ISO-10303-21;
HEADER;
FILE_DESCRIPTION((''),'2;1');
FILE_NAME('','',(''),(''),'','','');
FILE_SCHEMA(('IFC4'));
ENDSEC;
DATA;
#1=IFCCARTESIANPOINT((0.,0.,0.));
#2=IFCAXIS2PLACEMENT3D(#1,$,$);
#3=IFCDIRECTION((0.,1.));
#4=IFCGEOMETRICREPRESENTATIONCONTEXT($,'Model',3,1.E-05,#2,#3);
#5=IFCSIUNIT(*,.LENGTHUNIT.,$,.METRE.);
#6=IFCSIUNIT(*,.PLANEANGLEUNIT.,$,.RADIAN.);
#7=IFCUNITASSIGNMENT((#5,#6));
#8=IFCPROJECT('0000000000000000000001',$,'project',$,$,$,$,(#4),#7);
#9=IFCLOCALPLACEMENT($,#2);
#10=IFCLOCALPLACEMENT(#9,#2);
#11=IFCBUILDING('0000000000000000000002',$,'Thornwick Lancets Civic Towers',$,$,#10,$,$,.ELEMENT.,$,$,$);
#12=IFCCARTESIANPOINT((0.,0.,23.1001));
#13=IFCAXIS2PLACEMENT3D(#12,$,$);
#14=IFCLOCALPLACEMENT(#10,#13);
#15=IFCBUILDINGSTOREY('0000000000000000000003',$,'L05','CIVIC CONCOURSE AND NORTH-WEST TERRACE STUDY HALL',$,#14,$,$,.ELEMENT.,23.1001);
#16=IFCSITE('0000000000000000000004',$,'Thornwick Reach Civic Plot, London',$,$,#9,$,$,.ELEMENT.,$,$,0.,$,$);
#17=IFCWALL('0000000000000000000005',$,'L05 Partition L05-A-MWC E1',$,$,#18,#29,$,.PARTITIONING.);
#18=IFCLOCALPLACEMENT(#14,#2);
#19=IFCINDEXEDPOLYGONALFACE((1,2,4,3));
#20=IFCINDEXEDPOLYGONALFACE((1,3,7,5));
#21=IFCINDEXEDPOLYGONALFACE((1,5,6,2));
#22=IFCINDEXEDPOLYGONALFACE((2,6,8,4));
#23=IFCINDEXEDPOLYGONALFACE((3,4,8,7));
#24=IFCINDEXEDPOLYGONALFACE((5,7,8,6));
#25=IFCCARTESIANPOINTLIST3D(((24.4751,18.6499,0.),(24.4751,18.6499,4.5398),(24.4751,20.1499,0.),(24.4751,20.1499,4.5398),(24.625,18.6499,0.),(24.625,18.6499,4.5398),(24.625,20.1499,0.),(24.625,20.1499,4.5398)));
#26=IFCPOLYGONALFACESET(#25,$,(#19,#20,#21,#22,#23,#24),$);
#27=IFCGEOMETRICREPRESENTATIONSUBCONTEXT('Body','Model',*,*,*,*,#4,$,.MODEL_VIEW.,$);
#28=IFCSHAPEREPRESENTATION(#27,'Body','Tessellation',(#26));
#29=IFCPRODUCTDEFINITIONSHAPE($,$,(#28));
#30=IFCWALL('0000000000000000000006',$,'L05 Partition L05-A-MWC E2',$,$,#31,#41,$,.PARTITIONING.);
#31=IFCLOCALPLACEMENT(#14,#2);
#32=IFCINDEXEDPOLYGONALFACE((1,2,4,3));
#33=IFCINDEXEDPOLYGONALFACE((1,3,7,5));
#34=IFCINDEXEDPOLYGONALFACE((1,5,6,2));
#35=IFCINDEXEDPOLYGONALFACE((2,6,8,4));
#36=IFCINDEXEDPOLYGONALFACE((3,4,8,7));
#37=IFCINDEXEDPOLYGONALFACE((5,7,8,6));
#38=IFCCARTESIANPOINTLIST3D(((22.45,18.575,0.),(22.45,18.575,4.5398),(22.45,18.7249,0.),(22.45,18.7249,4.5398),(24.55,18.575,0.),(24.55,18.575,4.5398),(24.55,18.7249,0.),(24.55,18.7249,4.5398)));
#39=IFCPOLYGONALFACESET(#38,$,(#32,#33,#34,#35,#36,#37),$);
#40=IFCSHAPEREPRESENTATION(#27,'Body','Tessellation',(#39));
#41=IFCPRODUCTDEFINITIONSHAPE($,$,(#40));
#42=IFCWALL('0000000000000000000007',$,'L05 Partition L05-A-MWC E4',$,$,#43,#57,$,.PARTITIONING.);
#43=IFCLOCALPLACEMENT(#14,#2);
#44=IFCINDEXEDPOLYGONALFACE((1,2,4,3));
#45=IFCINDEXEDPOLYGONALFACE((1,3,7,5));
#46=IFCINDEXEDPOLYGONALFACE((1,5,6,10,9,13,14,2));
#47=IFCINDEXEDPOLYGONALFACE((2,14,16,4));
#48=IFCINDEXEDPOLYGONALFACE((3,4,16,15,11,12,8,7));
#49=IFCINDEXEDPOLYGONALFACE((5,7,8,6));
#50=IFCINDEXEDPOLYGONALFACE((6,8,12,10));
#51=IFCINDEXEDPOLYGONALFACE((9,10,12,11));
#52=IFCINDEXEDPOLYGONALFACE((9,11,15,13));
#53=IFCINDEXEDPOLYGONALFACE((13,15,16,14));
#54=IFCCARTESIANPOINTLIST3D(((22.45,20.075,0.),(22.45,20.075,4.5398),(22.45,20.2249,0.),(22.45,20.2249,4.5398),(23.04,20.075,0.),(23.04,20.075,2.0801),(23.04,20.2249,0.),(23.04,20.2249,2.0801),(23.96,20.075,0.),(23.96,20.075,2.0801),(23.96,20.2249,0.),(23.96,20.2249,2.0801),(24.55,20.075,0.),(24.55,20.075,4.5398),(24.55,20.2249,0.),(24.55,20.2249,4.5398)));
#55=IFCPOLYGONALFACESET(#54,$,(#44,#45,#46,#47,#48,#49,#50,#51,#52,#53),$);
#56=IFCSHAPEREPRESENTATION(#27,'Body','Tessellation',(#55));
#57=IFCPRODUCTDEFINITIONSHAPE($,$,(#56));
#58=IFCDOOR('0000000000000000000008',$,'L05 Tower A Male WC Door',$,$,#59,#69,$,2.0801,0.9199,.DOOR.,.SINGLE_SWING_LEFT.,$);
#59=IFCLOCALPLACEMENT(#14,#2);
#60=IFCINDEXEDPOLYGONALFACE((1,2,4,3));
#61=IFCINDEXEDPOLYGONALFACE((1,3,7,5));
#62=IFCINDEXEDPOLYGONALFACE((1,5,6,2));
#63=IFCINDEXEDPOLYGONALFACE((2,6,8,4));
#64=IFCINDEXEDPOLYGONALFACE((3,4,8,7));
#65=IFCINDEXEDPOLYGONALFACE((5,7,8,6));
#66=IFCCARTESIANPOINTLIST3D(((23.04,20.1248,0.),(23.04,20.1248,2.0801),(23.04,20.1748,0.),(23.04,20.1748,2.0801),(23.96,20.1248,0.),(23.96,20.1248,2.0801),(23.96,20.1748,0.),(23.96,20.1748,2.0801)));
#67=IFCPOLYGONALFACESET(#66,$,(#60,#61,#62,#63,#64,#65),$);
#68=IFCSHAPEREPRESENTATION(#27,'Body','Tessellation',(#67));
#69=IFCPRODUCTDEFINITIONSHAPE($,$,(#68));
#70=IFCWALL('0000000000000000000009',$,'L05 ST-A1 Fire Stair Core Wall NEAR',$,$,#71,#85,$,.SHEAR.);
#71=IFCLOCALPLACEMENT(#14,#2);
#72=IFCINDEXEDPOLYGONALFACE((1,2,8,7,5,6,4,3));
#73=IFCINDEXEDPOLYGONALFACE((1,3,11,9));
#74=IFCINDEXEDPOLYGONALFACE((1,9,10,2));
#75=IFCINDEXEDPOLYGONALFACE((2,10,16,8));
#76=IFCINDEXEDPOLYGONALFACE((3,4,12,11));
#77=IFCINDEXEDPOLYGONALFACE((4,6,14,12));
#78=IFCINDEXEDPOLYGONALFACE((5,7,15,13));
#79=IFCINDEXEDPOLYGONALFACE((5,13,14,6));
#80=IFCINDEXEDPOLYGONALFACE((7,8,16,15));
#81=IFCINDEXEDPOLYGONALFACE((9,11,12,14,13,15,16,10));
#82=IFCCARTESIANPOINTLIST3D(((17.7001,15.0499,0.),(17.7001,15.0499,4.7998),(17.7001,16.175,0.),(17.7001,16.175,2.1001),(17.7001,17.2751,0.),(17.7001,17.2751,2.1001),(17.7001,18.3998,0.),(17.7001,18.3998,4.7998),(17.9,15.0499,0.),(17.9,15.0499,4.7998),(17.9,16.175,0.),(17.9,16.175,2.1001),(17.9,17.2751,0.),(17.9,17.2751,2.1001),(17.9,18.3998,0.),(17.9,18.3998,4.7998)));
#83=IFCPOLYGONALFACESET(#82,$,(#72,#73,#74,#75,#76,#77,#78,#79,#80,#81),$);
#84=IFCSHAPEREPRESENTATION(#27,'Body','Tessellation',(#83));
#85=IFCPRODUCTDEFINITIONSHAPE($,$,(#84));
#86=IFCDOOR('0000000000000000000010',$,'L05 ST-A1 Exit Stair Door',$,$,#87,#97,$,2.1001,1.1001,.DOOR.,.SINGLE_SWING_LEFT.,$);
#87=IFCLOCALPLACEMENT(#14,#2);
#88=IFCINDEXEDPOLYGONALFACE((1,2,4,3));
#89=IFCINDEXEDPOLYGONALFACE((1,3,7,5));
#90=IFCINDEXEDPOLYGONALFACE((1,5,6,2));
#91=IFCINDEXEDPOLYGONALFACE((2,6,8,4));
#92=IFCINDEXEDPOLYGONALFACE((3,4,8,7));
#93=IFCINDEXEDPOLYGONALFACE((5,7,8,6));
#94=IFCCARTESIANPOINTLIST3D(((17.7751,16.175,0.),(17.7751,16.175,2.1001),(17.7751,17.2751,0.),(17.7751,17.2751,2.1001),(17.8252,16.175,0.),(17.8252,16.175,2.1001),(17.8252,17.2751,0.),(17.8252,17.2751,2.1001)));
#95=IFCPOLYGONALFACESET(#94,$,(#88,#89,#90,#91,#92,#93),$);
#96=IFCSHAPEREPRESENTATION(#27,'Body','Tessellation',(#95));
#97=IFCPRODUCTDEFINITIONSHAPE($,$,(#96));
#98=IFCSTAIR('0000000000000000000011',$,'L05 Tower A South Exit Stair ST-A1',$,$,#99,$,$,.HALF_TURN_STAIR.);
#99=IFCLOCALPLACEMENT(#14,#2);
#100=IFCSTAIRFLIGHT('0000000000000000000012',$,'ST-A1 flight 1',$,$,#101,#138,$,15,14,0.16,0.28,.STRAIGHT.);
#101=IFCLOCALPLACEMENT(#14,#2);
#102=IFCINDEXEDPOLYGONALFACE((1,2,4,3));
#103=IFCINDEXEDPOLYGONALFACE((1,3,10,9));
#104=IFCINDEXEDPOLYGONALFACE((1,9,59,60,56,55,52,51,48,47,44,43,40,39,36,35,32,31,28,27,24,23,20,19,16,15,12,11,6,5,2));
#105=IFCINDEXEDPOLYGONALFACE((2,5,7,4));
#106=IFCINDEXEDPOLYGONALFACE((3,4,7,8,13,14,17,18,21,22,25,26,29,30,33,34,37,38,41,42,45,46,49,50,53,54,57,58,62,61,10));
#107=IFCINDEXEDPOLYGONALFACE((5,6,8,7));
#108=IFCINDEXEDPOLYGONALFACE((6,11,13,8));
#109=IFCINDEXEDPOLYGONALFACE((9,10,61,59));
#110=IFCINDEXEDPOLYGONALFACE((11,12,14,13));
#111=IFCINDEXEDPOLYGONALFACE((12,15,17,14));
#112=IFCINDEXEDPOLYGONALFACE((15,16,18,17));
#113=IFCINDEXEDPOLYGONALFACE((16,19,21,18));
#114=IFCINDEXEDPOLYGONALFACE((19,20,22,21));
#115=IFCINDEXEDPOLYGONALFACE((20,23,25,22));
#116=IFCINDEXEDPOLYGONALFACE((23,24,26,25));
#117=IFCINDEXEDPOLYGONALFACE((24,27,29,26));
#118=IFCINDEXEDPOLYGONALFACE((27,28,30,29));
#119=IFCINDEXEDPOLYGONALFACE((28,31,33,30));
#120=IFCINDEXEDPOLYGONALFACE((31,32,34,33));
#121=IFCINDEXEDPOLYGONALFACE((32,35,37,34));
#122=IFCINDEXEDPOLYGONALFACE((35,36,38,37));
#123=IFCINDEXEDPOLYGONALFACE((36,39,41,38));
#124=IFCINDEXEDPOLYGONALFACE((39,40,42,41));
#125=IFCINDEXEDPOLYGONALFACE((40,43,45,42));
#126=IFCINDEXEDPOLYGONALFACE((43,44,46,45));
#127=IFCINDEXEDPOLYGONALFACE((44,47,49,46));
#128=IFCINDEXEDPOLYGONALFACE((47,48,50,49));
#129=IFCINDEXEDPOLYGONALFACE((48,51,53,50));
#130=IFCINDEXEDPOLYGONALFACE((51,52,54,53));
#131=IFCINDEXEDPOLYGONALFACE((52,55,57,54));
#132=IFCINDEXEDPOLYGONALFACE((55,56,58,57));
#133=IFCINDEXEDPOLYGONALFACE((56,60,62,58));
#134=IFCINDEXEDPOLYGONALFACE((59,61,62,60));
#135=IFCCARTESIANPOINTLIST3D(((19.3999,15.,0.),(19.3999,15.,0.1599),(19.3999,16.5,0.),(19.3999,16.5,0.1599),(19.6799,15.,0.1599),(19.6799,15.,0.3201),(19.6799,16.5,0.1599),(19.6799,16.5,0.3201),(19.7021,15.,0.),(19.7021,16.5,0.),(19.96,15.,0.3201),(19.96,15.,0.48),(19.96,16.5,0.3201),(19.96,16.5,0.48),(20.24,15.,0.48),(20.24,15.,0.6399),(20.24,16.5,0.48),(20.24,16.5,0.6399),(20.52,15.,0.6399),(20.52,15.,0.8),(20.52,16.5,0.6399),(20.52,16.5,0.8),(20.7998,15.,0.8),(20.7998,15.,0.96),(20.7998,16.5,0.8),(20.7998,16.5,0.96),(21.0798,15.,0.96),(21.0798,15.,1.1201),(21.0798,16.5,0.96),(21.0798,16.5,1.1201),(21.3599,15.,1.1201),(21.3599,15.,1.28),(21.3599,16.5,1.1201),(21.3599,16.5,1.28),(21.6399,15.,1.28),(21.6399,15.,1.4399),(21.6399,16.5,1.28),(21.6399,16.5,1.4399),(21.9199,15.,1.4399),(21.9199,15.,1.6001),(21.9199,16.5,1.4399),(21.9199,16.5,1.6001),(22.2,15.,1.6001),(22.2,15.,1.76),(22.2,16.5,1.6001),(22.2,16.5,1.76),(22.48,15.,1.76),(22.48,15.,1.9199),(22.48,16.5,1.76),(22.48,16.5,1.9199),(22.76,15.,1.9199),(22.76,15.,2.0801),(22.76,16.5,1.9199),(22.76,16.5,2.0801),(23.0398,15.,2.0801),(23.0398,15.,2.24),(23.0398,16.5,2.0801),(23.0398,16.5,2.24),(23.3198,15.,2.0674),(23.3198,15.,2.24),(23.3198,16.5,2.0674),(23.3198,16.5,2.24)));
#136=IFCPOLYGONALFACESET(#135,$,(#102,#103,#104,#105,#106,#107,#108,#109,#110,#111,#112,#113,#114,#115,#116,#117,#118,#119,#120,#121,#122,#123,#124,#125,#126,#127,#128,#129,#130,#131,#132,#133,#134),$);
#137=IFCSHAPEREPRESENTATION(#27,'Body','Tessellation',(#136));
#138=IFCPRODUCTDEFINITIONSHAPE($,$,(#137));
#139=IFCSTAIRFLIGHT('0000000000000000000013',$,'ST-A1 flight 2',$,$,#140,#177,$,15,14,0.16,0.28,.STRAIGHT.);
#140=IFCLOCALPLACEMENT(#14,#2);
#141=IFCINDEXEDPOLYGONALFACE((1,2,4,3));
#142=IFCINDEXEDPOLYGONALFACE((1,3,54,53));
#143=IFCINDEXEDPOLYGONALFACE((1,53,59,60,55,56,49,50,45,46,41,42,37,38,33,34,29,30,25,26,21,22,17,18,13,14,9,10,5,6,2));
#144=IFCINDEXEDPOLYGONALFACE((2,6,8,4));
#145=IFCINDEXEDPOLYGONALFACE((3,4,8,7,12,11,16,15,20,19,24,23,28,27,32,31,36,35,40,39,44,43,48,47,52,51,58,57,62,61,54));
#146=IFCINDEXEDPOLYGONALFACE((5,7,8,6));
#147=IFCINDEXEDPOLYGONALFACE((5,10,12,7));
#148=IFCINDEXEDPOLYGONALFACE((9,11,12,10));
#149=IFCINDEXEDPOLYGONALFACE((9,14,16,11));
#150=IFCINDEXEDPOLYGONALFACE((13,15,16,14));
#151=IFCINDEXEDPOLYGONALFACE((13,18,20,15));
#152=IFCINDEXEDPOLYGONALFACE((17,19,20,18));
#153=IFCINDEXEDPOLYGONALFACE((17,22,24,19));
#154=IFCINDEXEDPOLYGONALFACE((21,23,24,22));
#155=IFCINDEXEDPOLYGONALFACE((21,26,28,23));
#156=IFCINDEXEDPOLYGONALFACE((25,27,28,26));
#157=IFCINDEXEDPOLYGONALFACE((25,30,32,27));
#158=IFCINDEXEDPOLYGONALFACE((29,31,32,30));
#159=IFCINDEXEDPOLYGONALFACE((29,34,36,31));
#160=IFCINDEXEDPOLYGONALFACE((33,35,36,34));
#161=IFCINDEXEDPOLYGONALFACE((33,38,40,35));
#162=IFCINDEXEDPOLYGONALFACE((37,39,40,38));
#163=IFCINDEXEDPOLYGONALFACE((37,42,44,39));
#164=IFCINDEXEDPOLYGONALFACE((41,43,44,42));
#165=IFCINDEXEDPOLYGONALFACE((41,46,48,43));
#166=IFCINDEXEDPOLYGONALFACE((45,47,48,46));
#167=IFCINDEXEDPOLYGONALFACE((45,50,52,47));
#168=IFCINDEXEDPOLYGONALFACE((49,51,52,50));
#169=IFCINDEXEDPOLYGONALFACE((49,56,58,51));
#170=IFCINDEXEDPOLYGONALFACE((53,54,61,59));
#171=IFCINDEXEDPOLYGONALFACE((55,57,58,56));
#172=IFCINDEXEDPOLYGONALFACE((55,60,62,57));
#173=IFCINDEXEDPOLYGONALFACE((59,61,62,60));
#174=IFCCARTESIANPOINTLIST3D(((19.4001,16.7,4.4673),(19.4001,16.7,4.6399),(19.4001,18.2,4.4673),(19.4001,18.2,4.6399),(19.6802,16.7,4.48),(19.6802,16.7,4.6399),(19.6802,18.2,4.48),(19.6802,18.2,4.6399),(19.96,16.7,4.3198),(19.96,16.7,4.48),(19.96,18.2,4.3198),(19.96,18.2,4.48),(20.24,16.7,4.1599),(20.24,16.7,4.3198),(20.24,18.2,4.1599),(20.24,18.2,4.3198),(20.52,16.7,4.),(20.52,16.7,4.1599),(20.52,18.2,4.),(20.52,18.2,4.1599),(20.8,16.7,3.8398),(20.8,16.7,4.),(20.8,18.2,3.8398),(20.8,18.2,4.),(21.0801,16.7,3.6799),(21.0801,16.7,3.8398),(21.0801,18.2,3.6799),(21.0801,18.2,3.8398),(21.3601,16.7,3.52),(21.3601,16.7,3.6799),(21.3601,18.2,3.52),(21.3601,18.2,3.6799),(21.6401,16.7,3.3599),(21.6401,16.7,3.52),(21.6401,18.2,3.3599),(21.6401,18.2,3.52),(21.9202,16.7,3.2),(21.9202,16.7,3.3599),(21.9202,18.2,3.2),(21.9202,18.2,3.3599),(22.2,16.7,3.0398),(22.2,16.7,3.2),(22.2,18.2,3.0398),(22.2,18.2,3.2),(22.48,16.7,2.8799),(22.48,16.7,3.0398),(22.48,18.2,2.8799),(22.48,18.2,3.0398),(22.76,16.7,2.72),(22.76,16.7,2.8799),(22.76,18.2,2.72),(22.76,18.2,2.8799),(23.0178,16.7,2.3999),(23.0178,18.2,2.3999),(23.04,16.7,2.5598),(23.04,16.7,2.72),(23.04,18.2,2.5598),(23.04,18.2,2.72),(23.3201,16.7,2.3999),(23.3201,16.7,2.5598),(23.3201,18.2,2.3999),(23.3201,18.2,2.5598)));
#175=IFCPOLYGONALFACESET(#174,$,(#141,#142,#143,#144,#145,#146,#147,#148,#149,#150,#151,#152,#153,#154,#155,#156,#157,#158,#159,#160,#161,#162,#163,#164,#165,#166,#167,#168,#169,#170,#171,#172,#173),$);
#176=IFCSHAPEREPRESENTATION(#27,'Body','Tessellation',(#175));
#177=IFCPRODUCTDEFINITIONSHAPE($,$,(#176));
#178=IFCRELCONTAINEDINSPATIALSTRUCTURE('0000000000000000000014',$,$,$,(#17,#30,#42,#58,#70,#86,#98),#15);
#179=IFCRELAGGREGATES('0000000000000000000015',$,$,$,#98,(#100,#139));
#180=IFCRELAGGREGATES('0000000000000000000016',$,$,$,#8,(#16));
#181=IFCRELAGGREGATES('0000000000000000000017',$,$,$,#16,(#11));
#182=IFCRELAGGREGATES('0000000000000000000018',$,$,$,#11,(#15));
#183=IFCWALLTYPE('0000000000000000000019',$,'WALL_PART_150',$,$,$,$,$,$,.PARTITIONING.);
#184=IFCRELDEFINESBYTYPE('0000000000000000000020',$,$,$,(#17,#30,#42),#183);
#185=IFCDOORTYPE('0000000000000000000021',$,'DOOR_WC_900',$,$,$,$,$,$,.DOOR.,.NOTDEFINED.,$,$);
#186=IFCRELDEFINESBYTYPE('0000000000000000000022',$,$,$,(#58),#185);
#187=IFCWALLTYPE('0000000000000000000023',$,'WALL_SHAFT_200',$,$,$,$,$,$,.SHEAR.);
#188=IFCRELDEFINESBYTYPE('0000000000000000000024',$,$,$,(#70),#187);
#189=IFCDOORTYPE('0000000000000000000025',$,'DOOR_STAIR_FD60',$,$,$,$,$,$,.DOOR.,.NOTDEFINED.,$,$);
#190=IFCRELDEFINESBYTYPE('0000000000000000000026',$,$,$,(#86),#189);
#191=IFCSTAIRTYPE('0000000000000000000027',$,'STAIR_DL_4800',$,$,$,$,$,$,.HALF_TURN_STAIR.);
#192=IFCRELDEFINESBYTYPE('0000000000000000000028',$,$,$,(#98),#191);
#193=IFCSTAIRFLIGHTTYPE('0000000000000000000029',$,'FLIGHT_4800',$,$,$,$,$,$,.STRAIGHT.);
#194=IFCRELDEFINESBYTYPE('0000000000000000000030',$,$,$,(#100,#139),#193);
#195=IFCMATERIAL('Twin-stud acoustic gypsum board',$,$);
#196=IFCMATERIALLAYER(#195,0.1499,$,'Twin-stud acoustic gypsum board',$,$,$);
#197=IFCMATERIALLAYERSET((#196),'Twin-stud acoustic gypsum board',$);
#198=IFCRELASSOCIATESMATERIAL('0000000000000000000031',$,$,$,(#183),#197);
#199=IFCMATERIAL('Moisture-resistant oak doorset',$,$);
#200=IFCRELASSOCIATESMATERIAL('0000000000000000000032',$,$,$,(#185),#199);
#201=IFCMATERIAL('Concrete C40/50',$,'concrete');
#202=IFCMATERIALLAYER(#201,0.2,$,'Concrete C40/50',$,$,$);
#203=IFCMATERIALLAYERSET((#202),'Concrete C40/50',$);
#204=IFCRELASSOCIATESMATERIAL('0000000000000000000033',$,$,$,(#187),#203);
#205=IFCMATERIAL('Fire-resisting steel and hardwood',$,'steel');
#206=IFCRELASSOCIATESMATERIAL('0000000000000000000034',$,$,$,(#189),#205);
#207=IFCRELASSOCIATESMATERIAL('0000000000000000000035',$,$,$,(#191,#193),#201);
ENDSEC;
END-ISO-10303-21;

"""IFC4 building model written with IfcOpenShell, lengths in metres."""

from ifc_helpers import new_model, si_unit, direction, frame, frame_2d, origin, place, context, subcontext, project, spatial, polyline, rectangle, outline, extrude, material, layer, layer_set, type_object, element, fill, aggregate, save


model = new_model("IFC4")

# Units and contexts
model_context = context("Model", 3, precision=1e-05, world=origin(), true_north=direction((0.0, 1.0)))
body_context = subcontext(model_context, "Body", "Model", "MODEL_VIEW")
ifc_project = project(units=[si_unit("LENGTHUNIT", "METRE"), si_unit("PLANEANGLEUNIT", "RADIAN")], contexts=[model_context])

# Site, building, storey
site_placement = place(None, origin())
site = spatial("IfcSite", under=ifc_project, at=site_placement, Name="Thornwick Reach Civic Plot, London", CompositionType="ELEMENT", RefElevation=0.0)
building_placement = place(site_placement, origin())
building = spatial("IfcBuilding", under=site, at=building_placement, Name="Thornwick Lancets Civic Towers", CompositionType="ELEMENT")
storey_placement = place(building_placement, frame((0.0, 0.0, 23.1001)))
storey = spatial("IfcBuildingStorey", under=building, at=storey_placement, Name="L05", Description="CIVIC CONCOURSE AND NORTH-WEST TERRACE STUDY HALL", CompositionType="ELEMENT", Elevation=23.1001)

# Shared definitions
ifc_material_1 = material(Name="Concrete C40/50", Category="concrete")

# Walls
ifc_material_2 = material(Name="Twin-stud acoustic gypsum board")
ifc_layer_1 = layer(ifc_material_2, 0.1499, Name="Twin-stud acoustic gypsum board")
ifc_layer_set_1 = layer_set([ifc_layer_1], Name="Twin-stud acoustic gypsum board")
wall_type_1 = type_object("IfcWallType", Name="WALL_PART_150", PredefinedType="PARTITIONING", material=ifc_layer_set_1)
wall_1_placement = place(storey_placement, frame((24.55, 20.1499, 0.0), z_axis=(0.0, 0.0, 1.0), x_axis=(0.0, -1.0, 0.0)))
element("IfcWall", 1, at=wall_1_placement, inside=storey, type_object=wall_type_1, Name="L05 Partition L05-A-MWC E1", PredefinedType="PARTITIONING", context=body_context, shape_type="SweptSolid", body=[
    extrude(rectangle(XDim=1.5, YDim=0.1499, at=frame_2d((0.75, 0.0))), origin(), (0.0, 0.0, 1.0), 4.5398),
])
wall_2_placement = place(storey_placement, frame((24.55, 18.6499, 0.0), z_axis=(0.0, 0.0, 1.0), x_axis=(-1.0, 0.0, 0.0)))
element("IfcWall", 2, at=wall_2_placement, inside=storey, type_object=wall_type_1, Name="L05 Partition L05-A-MWC E2", PredefinedType="PARTITIONING", context=body_context, shape_type="SweptSolid", body=[
    extrude(rectangle(XDim=2.1001, YDim=0.1499, at=frame_2d((1.05, 0.0))), origin(), (0.0, 0.0, 1.0), 4.5398),
])

# Walls, openings, doors
wall_3_placement = place(storey_placement, frame((22.45, 20.1499, 0.0), z_axis=(0.0, 0.0, 1.0), x_axis=(1.0, 0.0, 0.0)))
wall_3 = element("IfcWall", 3, at=wall_3_placement, inside=storey, type_object=wall_type_1, Name="L05 Partition L05-A-MWC E4", PredefinedType="PARTITIONING", context=body_context, shape_type="SweptSolid", body=[
    extrude(rectangle(XDim=2.1001, YDim=0.1499, at=frame_2d((1.05, 0.0))), origin(), (0.0, 0.0, 1.0), 4.5398),
])
opening_1_placement = place(wall_3_placement, frame((0.5901, 0.0, 0.0)))
opening_1 = element("IfcOpeningElement", 4, at=opening_1_placement, cuts=wall_3, PredefinedType="OPENING", context=body_context, shape_type="SweptSolid", body=[
    extrude(rectangle(XDim=0.9199, YDim=2.0801, at=frame_2d((0.46, 1.04))), frame((0.0, 0.085, 0.0), z_axis=(0.0, -1.0, 0.0), x_axis=(1.0, 0.0, 0.0)), (0.0, 0.0, 1.0), 0.1699),
])
ifc_material_3 = material(Name="Moisture-resistant oak doorset")
door_type_1 = type_object("IfcDoorType", Name="DOOR_WC_900", OperationType="NOTDEFINED", PredefinedType="DOOR", material=ifc_material_3)
door_1_placement = place(opening_1_placement, origin())
door_1 = element("IfcDoor", 5, at=door_1_placement, inside=storey, type_object=door_type_1, Name="L05 Tower A Male WC Door", OperationType="SINGLE_SWING_LEFT", OverallHeight=2.0801, OverallWidth=0.9199, PredefinedType="DOOR", context=body_context, shape_type="SweptSolid", body=[
    extrude(rectangle(XDim=0.9199, YDim=2.0801, at=frame_2d((0.46, 1.04))), frame((0.0, 0.0249, 0.0), z_axis=(0.0, -1.0, 0.0), x_axis=(1.0, 0.0, 0.0)), (0.0, 0.0, 1.0), 0.05),
])
fill(opening_1, door_1)
ifc_layer_2 = layer(ifc_material_1, 0.2, Name="Concrete C40/50")
ifc_layer_set_2 = layer_set([ifc_layer_2], Name="Concrete C40/50")
wall_type_2 = type_object("IfcWallType", Name="WALL_SHAFT_200", PredefinedType="SHEAR", material=ifc_layer_set_2)
wall_4_placement = place(storey_placement, frame((17.8, 15.05, 0.0), z_axis=(0.0, 0.0, 1.0), x_axis=(0.0, 1.0, 0.0)))
wall_4 = element("IfcWall", 6, at=wall_4_placement, inside=storey, type_object=wall_type_2, Name="L05 ST-A1 Fire Stair Core Wall NEAR", PredefinedType="SHEAR", context=body_context, shape_type="SweptSolid", body=[
    extrude(rectangle(XDim=3.3499, YDim=0.2, at=frame_2d((1.6748, 0.0))), origin(), (0.0, 0.0, 1.0), 4.7998),
])
opening_2_placement = place(wall_4_placement, frame((1.125, 0.0, 0.0)))
opening_2 = element("IfcOpeningElement", 7, at=opening_2_placement, cuts=wall_4, PredefinedType="OPENING", context=body_context, shape_type="SweptSolid", body=[
    extrude(rectangle(XDim=1.1001, YDim=2.1001, at=frame_2d((0.55, 1.05))), frame((0.0, 0.1099, 0.0), z_axis=(0.0, -1.0, 0.0), x_axis=(1.0, 0.0, 0.0)), (0.0, 0.0, 1.0), 0.22),
])
ifc_material_4 = material(Name="Fire-resisting steel and hardwood", Category="steel")
door_type_2 = type_object("IfcDoorType", Name="DOOR_STAIR_FD60", OperationType="NOTDEFINED", PredefinedType="DOOR", material=ifc_material_4)
door_2_placement = place(opening_2_placement, origin())
door_2 = element("IfcDoor", 8, at=door_2_placement, inside=storey, type_object=door_type_2, Name="L05 ST-A1 Exit Stair Door", OperationType="SINGLE_SWING_LEFT", OverallHeight=2.1001, OverallWidth=1.1001, PredefinedType="DOOR", context=body_context, shape_type="SweptSolid", body=[
    extrude(rectangle(XDim=1.1001, YDim=2.1001, at=frame_2d((0.55, 1.05))), frame((0.0, 0.0249, 0.0), z_axis=(0.0, -1.0, 0.0), x_axis=(1.0, 0.0, 0.0)), (0.0, 0.0, 1.0), 0.05),
])
fill(opening_2, door_2)

# Stair, stair flights
stair_type = type_object("IfcStairType", Name="STAIR_DL_4800", PredefinedType="HALF_TURN_STAIR", material=ifc_material_1)
stair_placement = place(storey_placement, origin())
stair = element("IfcStair", 9, at=stair_placement, inside=storey, type_object=stair_type, Name="L05 Tower A South Exit Stair ST-A1", PredefinedType="HALF_TURN_STAIR")
stair_flight_type = type_object("IfcStairFlightType", Name="FLIGHT_4800", PredefinedType="STRAIGHT", material=ifc_material_1)
stair_flight_1_placement = place(storey_placement, frame((19.3999, 15.75, 0.0), z_axis=(0.0, 0.0, 1.0), x_axis=(1.0, 0.0, 0.0)))
stair_flight_1 = element("IfcStairFlight", 10, at=stair_flight_1_placement, type_object=stair_flight_type, Name="ST-A1 flight 1", NumberOfRisers=15, NumberOfTreads=14, PredefinedType="STRAIGHT", RiserHeight=0.16, TreadLength=0.28, context=body_context, shape_type="SweptSolid", body=[
    extrude(outline(polyline([(0.0, 0.0), (0.0, 0.1599), (0.28, 0.1599), (0.28, 0.3201), (0.5601, 0.3201), (0.5601, 0.48), (0.8401, 0.48), (0.8401, 0.6399), (1.1201, 0.6399), (1.1201, 0.8), (1.3999, 0.8), (1.3999, 0.96), (1.6799, 0.96), (1.6799, 1.1201), (1.96, 1.1201), (1.96, 1.28), (2.24, 1.28), (2.24, 1.4399), (2.52, 1.4399), (2.52, 1.6001), (2.8, 1.6001), (2.8, 1.76), (3.0801, 1.76), (3.0801, 1.9199), (3.3601, 1.9199), (3.3601, 2.0801), (3.6399, 2.0801), (3.6399, 2.24), (3.9199, 2.24), (3.9199, 2.3999), (3.9199, 2.0674), (0.3022, 0.0), (0.0, 0.0)])), frame((0.0, 0.75, 0.0), z_axis=(0.0, -1.0, 0.0), x_axis=(1.0, 0.0, 0.0)), (0.0, 0.0, 1.0), 1.5),
])
stair_flight_2_placement = place(storey_placement, frame((23.3201, 17.45, 2.3999), z_axis=(0.0, 0.0, 1.0), x_axis=(-1.0, 0.0, 0.0)))
stair_flight_2 = element("IfcStairFlight", 11, at=stair_flight_2_placement, type_object=stair_flight_type, Name="ST-A1 flight 2", NumberOfRisers=15, NumberOfTreads=14, PredefinedType="STRAIGHT", RiserHeight=0.16, TreadLength=0.28, context=body_context, shape_type="SweptSolid", body=[
    extrude(outline(polyline([(0.0, 0.0), (0.0, 0.1599), (0.28, 0.1599), (0.28, 0.3201), (0.5601, 0.3201), (0.5601, 0.48), (0.8401, 0.48), (0.8401, 0.6399), (1.1201, 0.6399), (1.1201, 0.8), (1.3999, 0.8), (1.3999, 0.96), (1.6799, 0.96), (1.6799, 1.1201), (1.96, 1.1201), (1.96, 1.28), (2.24, 1.28), (2.24, 1.4399), (2.52, 1.4399), (2.52, 1.6001), (2.8, 1.6001), (2.8, 1.76), (3.0801, 1.76), (3.0801, 1.9199), (3.3601, 1.9199), (3.3601, 2.0801), (3.6399, 2.0801), (3.6399, 2.24), (3.9199, 2.24), (3.9199, 2.3999), (3.9199, 2.0674), (0.3022, 0.0), (0.0, 0.0)])), frame((0.0, 0.75, 0.0), z_axis=(0.0, -1.0, 0.0), x_axis=(1.0, 0.0, 0.0)), (0.0, 0.0, 1.0), 1.5),
])
aggregate(stair, [stair_flight_1, stair_flight_2])

save(model, "model.ifc")
